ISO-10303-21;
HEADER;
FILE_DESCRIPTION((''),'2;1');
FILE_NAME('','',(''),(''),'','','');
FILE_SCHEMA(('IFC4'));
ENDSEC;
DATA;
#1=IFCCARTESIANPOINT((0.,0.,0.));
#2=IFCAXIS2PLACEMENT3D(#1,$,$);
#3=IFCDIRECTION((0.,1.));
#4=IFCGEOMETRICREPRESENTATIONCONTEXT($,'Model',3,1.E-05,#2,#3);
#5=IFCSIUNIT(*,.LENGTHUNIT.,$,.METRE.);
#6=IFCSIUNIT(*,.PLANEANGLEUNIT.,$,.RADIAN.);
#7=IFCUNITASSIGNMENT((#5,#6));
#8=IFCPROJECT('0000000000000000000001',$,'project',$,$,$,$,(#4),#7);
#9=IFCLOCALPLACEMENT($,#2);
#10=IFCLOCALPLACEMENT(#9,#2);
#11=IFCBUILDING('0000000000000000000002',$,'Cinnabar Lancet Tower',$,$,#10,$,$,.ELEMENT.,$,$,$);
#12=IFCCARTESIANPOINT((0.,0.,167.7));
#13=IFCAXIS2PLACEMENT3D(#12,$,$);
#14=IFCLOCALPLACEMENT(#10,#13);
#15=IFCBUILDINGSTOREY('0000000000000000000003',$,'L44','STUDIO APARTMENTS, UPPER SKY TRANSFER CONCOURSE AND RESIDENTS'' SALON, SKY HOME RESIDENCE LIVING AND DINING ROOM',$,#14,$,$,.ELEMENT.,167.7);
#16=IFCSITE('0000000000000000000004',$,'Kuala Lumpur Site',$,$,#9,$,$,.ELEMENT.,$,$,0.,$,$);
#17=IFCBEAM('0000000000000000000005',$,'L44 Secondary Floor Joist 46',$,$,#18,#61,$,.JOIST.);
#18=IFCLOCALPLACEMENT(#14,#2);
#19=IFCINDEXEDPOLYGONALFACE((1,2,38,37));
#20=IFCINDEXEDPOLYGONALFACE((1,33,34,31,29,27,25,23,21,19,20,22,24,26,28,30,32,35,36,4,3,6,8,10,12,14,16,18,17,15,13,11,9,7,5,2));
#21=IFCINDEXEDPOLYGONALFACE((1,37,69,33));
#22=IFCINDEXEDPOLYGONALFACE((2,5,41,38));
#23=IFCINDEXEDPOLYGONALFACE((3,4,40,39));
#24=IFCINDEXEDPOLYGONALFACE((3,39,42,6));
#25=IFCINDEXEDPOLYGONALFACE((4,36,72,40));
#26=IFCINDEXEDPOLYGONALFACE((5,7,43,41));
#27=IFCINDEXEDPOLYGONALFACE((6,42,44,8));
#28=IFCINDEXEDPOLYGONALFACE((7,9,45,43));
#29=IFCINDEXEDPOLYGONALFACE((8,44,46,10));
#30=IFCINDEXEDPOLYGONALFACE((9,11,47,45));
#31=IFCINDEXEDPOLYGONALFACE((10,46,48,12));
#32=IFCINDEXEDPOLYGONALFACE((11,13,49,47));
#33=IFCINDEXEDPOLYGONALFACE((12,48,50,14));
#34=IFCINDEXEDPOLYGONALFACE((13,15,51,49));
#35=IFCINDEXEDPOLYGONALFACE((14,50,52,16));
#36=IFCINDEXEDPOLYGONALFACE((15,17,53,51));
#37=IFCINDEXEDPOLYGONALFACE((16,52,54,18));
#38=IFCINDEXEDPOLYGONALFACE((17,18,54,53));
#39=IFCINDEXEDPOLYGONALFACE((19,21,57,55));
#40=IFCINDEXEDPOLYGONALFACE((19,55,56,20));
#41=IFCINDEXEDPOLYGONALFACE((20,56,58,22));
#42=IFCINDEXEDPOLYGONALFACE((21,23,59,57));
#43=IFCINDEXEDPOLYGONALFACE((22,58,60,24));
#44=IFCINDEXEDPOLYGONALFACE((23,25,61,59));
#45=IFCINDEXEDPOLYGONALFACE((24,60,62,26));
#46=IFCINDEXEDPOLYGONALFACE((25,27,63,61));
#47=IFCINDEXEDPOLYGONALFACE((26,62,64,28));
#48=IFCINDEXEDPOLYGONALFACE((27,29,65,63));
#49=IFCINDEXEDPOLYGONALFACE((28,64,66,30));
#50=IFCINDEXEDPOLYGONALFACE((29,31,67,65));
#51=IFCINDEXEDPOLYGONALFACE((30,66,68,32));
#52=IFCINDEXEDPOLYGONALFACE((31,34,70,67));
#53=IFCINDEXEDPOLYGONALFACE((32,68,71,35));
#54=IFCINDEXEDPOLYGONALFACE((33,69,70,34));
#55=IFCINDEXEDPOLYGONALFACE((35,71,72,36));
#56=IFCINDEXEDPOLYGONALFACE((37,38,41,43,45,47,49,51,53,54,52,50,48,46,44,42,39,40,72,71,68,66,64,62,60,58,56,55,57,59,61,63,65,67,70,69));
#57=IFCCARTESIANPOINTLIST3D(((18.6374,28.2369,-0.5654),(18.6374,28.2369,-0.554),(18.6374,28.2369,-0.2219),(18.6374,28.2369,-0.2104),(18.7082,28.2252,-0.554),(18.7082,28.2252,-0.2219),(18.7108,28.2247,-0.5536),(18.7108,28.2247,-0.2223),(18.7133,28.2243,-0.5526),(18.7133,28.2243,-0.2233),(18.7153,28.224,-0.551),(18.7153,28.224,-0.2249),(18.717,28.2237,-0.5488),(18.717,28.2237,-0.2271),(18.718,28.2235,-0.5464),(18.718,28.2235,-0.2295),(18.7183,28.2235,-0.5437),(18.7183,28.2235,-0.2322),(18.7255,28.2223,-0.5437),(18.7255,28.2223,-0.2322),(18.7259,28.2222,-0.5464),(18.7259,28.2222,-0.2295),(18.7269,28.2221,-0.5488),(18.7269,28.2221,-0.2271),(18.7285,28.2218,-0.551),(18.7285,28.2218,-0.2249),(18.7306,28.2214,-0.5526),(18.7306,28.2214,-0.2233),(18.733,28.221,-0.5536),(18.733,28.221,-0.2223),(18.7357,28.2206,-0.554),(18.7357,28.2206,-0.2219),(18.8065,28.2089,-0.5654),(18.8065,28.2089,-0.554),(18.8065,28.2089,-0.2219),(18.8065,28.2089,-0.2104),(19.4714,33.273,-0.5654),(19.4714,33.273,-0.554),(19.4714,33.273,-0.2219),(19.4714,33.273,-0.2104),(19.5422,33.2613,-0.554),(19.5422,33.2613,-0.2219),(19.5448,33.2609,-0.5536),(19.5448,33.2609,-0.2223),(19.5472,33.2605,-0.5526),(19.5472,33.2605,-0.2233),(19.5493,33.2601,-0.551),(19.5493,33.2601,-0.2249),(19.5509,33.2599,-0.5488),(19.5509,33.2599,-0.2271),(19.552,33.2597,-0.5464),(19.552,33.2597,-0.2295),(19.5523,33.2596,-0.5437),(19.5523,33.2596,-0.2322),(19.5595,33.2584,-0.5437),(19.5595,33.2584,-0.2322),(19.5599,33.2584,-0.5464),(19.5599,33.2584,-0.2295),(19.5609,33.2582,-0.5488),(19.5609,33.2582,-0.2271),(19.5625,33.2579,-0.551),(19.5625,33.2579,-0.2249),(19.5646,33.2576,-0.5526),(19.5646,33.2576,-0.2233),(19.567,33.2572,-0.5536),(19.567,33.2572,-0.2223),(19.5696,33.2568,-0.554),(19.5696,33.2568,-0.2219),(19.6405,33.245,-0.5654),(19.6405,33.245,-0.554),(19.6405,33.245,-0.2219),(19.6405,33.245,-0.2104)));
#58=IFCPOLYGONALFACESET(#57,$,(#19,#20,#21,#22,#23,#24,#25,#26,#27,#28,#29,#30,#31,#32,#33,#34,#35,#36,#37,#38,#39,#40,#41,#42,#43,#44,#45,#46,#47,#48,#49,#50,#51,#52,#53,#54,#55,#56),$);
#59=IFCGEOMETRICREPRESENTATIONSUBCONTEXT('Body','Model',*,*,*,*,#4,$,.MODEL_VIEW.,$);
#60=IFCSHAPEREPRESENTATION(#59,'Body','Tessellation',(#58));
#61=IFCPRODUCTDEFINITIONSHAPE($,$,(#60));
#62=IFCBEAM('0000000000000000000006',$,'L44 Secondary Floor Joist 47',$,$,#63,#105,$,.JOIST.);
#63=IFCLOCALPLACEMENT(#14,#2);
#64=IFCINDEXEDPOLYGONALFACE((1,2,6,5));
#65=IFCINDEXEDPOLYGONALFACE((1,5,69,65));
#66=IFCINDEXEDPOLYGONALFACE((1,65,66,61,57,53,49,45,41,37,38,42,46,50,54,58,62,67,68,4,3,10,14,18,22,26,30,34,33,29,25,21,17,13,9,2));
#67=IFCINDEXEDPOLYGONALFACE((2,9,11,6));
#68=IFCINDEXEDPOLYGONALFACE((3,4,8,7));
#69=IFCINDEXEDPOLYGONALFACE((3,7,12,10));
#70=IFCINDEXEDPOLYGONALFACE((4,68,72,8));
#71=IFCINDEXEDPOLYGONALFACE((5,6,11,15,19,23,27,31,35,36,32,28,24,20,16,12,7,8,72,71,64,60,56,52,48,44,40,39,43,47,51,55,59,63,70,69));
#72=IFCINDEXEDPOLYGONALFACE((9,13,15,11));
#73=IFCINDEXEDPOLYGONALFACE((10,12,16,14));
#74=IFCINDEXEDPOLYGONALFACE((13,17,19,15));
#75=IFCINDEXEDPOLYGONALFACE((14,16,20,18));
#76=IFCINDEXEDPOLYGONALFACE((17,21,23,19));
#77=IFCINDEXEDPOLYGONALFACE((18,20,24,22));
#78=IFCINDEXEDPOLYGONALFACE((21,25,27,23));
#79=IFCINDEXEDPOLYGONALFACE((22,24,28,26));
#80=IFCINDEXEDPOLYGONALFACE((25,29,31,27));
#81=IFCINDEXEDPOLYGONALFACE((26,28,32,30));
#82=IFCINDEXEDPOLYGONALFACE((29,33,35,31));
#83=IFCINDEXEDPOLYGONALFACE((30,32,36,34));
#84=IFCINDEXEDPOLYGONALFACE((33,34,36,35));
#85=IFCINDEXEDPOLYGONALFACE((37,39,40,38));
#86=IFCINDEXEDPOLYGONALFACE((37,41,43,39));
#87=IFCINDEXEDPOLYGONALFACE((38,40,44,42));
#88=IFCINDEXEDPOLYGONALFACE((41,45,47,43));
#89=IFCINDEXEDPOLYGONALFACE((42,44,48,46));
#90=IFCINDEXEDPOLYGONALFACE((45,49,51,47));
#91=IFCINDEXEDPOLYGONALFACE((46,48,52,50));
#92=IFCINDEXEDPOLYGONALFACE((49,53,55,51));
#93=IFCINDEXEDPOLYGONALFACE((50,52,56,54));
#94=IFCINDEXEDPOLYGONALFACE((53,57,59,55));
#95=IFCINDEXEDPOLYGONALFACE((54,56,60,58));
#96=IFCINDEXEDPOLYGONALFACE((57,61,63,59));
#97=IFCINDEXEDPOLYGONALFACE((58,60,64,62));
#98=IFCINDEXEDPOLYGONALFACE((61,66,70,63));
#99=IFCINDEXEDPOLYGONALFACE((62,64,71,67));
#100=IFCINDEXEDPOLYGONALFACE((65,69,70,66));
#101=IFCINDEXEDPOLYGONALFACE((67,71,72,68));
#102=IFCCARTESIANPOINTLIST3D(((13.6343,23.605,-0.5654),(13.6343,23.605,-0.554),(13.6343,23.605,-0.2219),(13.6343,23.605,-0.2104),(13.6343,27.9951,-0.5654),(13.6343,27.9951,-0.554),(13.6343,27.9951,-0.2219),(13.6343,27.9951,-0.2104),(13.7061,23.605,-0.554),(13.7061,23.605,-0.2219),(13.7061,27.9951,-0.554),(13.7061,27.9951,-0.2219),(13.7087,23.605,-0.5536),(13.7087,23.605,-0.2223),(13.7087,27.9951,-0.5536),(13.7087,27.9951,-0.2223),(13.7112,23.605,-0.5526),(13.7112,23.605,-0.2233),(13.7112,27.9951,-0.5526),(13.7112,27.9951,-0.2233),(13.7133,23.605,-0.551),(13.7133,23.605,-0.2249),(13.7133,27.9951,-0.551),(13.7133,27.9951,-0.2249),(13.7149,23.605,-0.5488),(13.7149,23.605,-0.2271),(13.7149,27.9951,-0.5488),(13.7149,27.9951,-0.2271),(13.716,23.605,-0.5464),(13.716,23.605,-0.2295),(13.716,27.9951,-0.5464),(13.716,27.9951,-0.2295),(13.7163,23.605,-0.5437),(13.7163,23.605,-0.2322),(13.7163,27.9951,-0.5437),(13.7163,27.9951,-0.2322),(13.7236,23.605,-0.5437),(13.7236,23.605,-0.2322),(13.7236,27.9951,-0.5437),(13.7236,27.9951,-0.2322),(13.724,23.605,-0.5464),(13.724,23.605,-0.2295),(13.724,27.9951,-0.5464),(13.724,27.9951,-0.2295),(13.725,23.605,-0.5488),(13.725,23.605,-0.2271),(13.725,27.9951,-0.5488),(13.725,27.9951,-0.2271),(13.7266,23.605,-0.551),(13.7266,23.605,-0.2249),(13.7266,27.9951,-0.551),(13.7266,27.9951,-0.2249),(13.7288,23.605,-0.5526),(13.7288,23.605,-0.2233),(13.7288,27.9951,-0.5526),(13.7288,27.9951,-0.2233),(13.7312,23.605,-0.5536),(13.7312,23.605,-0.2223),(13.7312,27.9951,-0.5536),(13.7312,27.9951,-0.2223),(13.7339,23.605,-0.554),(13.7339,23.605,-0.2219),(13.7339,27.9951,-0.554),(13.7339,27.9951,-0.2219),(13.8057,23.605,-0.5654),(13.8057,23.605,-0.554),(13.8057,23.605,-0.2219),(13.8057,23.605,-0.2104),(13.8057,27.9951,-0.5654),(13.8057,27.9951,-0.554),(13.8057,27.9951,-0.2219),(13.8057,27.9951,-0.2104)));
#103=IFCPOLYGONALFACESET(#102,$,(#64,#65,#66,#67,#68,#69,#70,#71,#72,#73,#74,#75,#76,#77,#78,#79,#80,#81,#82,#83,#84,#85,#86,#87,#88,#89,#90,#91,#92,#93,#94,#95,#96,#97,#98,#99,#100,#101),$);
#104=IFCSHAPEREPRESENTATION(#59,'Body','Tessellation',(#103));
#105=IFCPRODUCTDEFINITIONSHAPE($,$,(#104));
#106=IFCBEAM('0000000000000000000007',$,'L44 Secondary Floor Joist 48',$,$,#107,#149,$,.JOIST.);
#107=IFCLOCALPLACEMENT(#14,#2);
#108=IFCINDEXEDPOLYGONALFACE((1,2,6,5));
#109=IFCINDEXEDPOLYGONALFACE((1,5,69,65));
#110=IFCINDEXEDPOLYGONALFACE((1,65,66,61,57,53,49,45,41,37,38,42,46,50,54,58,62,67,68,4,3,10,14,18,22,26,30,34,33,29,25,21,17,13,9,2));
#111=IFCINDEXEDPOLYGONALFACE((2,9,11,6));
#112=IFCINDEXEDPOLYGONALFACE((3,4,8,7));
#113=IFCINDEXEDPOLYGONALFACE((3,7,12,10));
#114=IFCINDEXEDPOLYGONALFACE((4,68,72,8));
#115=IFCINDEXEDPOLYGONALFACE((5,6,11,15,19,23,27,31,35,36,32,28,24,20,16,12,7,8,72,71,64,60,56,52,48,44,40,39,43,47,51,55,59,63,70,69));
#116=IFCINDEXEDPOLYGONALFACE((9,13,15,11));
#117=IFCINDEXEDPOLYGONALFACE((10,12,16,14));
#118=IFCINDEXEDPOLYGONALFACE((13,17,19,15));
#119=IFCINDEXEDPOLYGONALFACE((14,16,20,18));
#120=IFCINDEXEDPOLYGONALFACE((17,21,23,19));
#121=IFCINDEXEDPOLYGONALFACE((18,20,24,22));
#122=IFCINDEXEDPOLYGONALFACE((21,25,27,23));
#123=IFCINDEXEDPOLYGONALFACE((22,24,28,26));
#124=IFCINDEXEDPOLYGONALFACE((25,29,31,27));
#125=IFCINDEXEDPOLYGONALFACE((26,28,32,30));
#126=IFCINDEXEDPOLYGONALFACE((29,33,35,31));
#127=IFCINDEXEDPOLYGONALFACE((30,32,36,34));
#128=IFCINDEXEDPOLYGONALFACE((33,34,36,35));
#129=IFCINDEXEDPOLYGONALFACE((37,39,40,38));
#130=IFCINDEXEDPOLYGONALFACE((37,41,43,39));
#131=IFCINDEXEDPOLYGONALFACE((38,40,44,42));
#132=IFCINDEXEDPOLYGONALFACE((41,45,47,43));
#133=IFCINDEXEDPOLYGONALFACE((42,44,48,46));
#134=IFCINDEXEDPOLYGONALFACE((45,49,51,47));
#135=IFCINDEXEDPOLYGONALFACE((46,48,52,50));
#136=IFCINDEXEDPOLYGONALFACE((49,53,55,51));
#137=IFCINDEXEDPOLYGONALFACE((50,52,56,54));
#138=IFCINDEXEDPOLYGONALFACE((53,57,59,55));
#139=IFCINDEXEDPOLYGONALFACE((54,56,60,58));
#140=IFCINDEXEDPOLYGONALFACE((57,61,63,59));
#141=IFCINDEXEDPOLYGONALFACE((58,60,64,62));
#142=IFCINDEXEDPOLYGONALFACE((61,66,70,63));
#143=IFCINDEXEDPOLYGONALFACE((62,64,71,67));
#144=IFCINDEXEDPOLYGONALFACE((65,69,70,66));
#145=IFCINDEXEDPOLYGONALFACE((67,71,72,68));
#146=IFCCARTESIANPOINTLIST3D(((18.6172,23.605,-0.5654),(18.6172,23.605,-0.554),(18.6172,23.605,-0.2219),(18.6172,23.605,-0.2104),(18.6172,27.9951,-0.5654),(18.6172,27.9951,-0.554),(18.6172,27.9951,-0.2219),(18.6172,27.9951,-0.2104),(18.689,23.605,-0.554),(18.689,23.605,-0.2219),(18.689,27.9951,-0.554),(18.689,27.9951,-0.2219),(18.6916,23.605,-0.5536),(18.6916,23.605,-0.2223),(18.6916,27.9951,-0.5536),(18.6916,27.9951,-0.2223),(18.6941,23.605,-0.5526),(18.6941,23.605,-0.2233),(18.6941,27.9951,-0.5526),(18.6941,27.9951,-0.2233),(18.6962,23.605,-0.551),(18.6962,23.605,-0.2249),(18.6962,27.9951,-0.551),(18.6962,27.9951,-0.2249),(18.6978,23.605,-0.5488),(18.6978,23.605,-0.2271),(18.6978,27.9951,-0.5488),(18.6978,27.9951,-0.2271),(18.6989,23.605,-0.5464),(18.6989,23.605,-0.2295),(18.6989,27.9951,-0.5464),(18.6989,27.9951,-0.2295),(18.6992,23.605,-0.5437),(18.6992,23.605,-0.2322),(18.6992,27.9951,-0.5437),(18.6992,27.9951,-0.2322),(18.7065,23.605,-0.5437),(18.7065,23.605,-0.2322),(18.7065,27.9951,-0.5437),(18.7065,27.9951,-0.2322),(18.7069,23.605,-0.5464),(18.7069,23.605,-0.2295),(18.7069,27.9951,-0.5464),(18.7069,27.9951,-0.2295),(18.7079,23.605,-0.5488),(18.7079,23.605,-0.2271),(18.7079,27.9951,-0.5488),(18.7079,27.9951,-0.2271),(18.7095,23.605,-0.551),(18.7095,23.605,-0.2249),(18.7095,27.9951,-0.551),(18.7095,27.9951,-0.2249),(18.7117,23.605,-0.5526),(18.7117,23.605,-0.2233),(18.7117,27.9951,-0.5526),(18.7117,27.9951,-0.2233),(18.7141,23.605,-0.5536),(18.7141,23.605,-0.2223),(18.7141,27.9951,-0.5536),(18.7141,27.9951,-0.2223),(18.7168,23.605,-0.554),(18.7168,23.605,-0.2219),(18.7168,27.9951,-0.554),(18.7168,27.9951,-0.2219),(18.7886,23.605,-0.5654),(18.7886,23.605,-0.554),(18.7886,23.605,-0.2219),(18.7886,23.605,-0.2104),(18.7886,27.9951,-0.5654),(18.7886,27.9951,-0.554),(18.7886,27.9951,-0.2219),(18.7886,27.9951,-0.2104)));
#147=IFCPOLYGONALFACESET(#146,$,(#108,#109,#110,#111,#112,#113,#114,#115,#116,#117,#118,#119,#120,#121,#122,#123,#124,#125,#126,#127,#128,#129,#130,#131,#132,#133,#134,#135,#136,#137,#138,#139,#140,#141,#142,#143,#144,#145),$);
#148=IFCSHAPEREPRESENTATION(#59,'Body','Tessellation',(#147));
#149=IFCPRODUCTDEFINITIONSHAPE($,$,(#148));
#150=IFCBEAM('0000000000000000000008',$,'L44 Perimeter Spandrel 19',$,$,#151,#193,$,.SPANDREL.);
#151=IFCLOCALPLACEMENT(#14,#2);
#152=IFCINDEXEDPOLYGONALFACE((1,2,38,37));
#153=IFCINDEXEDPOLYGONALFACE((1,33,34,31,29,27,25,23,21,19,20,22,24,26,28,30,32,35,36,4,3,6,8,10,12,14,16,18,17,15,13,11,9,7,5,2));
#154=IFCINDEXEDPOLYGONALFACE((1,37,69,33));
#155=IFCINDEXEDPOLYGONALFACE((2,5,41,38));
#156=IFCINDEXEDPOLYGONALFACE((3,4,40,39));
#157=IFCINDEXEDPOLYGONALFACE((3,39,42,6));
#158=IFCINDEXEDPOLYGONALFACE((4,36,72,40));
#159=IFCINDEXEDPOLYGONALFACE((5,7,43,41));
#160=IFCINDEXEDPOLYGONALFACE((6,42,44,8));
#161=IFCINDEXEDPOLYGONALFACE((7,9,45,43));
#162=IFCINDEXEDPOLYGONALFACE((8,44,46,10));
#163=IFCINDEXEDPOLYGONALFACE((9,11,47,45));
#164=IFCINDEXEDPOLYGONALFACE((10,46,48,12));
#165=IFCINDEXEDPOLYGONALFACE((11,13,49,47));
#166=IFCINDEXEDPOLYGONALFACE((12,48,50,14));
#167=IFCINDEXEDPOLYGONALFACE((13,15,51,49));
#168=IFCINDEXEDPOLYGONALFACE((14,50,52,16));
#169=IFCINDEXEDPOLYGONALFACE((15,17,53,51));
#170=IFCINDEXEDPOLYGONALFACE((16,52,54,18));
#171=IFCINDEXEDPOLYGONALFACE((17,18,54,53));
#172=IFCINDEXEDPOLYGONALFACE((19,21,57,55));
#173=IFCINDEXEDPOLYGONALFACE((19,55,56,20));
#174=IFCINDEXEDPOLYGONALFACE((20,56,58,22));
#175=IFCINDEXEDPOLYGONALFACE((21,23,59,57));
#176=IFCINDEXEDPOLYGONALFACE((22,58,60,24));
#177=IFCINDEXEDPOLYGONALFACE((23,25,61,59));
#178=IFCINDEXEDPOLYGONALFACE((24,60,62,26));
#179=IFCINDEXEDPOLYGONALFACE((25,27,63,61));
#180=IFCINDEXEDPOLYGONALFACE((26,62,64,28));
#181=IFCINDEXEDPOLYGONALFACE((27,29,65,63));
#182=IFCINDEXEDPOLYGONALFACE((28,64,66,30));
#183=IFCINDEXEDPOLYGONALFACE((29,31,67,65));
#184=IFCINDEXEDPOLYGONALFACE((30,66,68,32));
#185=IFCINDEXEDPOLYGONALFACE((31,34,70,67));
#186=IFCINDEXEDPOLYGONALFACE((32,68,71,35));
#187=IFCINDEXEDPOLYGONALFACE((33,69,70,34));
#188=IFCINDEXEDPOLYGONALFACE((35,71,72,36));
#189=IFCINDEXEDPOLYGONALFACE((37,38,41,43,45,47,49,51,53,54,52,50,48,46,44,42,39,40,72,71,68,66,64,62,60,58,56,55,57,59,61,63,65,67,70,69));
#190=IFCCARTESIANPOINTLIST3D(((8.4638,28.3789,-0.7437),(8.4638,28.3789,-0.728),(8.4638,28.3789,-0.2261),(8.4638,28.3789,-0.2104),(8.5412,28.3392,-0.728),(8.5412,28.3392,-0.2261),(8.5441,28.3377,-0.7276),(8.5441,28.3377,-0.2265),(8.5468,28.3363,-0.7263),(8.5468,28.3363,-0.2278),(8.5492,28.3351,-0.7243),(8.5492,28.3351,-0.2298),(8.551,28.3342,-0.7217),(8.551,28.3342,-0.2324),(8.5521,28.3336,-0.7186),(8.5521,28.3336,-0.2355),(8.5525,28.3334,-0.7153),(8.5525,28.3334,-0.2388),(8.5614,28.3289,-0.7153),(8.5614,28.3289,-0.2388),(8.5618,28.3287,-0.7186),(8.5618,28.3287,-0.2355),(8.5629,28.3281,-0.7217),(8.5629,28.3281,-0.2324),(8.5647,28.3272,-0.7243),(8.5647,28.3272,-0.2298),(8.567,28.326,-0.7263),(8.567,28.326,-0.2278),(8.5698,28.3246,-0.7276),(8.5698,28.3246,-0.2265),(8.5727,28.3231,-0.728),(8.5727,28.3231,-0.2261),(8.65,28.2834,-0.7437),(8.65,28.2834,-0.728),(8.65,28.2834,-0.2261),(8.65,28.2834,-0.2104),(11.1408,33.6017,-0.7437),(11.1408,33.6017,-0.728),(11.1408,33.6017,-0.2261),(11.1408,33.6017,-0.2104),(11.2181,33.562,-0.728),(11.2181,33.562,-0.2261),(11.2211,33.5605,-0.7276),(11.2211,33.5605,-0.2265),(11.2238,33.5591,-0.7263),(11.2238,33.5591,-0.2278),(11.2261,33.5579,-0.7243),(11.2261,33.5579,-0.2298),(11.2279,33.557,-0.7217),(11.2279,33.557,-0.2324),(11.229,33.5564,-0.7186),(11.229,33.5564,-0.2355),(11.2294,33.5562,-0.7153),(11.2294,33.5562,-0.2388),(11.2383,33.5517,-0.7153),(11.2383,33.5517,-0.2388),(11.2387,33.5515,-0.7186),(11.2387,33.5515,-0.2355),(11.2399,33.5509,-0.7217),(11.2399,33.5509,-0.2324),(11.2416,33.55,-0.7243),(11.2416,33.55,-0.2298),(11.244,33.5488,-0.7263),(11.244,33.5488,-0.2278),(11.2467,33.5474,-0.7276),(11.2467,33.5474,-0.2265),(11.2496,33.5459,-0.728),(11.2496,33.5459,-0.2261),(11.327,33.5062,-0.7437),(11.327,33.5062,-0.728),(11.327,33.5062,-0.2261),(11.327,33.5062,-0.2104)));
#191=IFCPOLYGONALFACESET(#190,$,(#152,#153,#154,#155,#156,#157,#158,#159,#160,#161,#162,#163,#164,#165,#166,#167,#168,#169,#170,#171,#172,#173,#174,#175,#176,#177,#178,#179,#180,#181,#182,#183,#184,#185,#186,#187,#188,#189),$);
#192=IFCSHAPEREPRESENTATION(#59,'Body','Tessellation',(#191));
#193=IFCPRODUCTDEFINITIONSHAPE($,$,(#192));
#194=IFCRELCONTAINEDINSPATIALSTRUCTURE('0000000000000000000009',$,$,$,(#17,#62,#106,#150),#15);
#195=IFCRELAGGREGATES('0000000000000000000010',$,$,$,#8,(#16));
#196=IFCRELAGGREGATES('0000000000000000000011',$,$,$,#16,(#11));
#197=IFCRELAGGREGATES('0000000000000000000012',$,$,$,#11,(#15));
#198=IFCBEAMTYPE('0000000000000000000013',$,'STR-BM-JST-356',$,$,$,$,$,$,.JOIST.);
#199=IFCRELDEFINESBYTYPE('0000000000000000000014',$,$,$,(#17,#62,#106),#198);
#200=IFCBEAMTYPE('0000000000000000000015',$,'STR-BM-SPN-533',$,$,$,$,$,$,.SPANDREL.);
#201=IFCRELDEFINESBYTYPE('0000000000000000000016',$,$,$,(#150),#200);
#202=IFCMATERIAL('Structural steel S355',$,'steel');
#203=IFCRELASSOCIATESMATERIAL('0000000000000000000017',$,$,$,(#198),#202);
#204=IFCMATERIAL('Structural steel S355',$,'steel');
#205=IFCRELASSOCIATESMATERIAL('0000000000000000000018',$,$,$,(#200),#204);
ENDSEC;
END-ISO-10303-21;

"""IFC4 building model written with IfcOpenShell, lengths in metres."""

from ifc_helpers import new_model, si_unit, direction, frame, origin, origin_2d, place, context, subcontext, project, spatial, i_section, extrude, material, material_profile, profile_set, type_object, element, save


model = new_model("IFC4")

# Units and contexts
model_context = context("Model", 3, precision=1e-05, world=origin(), true_north=direction((0.0, 1.0)))
body_context = subcontext(model_context, "Body", "Model", "MODEL_VIEW")
ifc_project = project(units=[si_unit("LENGTHUNIT", "METRE"), si_unit("PLANEANGLEUNIT", "RADIAN")], contexts=[model_context])

# Site, building, storey
site_placement = place(None, origin())
site = spatial("IfcSite", under=ifc_project, at=site_placement, Name="Kuala Lumpur Site", CompositionType="ELEMENT", RefElevation=0.0)
building_placement = place(site_placement, origin())
building = spatial("IfcBuilding", under=site, at=building_placement, Name="Cinnabar Lancet Tower", CompositionType="ELEMENT")
storey_placement = place(building_placement, frame((0.0, 0.0, 167.7)))
storey = spatial("IfcBuildingStorey", under=building, at=storey_placement, Name="L44", Description="STUDIO APARTMENTS, UPPER SKY TRANSFER CONCOURSE AND RESIDENTS' SALON, SKY HOME RESIDENCE LIVING AND DINING ROOM", CompositionType="ELEMENT", Elevation=167.7)

# Beams
ifc_material_1 = material(Name="Structural steel S355", Category="steel")
ifc_material_profile_1 = material_profile(ifc_material_1, i_section(OverallWidth=0.1714, OverallDepth=0.355, WebThickness=0.0073, FlangeThickness=0.0115, FilletRadius=0.0103, at=origin_2d()), Name="UKB 356x171x51")
ifc_profile_set_1 = profile_set([ifc_material_profile_1], Name="Structural steel S355")
beam_type_1 = type_object("IfcBeamType", Name="STR-BM-JST-356", PredefinedType="JOIST", material=ifc_profile_set_1)
beam_1_placement = place(storey_placement, frame((19.5559, 33.259, -0.3879), z_axis=(-0.163375, -0.986564, 0.0), x_axis=(0.986564, -0.163375, 0.0)))
element("IfcBeam", 1, at=beam_1_placement, inside=storey, type_object=beam_type_1, Name="L44 Secondary Floor Joist 46", PredefinedType="JOIST", context=body_context, shape_type="SweptSolid", body=[
    extrude(i_section(OverallWidth=0.1714, OverallDepth=0.355, WebThickness=0.0073, FlangeThickness=0.0115, FilletRadius=0.0103, at=origin_2d()), origin(), (0.0, 0.0, 1.0), 5.1047),
])
for number, where, z_axis, x_axis, name in (
    (2, (13.72, 27.9951, -0.3879), (0.0, -1.0, 0.0), (1.0, 0.0, 0.0), "L44 Secondary Floor Joist 47"),
    (3, (18.7029, 27.9951, -0.3879), (0.0, -1.0, 0.0), (1.0, 0.0, 0.0), "L44 Secondary Floor Joist 48"),
):
    element("IfcBeam", number, at=place(storey_placement, frame(where, z_axis=z_axis, x_axis=x_axis)), inside=storey, type_object=beam_type_1, Name=name, PredefinedType="JOIST", context=body_context, shape_type="SweptSolid", body=[
        extrude(i_section(OverallWidth=0.1714, OverallDepth=0.355, WebThickness=0.0073, FlangeThickness=0.0115, FilletRadius=0.0103, at=origin_2d()), origin(), (0.0, 0.0, 1.0), 4.3901),
    ])
ifc_material_2 = material(Name="Structural steel S355", Category="steel")
ifc_material_profile_2 = material_profile(ifc_material_2, i_section(OverallWidth=0.2092, OverallDepth=0.5332, WebThickness=0.01, FlangeThickness=0.0156, FilletRadius=0.0127, at=origin_2d()), Name="UKB 533x210x92")
ifc_profile_set_2 = profile_set([ifc_material_profile_2], Name="Structural steel S355")
beam_type_2 = type_object("IfcBeamType", Name="STR-BM-SPN-533", PredefinedType="SPANDREL", material=ifc_profile_set_2)
beam_2_placement = place(storey_placement, frame((11.2339, 33.554, -0.4771), z_axis=(-0.456127, -0.889915, 0.0), x_axis=(0.889915, -0.456127, 0.0)))
element("IfcBeam", 4, at=beam_2_placement, inside=storey, type_object=beam_type_2, Name="L44 Perimeter Spandrel 19", PredefinedType="SPANDREL", context=body_context, shape_type="SweptSolid", body=[
    extrude(i_section(OverallWidth=0.2092, OverallDepth=0.5332, WebThickness=0.01, FlangeThickness=0.0156, FilletRadius=0.0127, at=origin_2d()), origin(), (0.0, 0.0, 1.0), 5.8689),
])

save(model, "model.ifc")
